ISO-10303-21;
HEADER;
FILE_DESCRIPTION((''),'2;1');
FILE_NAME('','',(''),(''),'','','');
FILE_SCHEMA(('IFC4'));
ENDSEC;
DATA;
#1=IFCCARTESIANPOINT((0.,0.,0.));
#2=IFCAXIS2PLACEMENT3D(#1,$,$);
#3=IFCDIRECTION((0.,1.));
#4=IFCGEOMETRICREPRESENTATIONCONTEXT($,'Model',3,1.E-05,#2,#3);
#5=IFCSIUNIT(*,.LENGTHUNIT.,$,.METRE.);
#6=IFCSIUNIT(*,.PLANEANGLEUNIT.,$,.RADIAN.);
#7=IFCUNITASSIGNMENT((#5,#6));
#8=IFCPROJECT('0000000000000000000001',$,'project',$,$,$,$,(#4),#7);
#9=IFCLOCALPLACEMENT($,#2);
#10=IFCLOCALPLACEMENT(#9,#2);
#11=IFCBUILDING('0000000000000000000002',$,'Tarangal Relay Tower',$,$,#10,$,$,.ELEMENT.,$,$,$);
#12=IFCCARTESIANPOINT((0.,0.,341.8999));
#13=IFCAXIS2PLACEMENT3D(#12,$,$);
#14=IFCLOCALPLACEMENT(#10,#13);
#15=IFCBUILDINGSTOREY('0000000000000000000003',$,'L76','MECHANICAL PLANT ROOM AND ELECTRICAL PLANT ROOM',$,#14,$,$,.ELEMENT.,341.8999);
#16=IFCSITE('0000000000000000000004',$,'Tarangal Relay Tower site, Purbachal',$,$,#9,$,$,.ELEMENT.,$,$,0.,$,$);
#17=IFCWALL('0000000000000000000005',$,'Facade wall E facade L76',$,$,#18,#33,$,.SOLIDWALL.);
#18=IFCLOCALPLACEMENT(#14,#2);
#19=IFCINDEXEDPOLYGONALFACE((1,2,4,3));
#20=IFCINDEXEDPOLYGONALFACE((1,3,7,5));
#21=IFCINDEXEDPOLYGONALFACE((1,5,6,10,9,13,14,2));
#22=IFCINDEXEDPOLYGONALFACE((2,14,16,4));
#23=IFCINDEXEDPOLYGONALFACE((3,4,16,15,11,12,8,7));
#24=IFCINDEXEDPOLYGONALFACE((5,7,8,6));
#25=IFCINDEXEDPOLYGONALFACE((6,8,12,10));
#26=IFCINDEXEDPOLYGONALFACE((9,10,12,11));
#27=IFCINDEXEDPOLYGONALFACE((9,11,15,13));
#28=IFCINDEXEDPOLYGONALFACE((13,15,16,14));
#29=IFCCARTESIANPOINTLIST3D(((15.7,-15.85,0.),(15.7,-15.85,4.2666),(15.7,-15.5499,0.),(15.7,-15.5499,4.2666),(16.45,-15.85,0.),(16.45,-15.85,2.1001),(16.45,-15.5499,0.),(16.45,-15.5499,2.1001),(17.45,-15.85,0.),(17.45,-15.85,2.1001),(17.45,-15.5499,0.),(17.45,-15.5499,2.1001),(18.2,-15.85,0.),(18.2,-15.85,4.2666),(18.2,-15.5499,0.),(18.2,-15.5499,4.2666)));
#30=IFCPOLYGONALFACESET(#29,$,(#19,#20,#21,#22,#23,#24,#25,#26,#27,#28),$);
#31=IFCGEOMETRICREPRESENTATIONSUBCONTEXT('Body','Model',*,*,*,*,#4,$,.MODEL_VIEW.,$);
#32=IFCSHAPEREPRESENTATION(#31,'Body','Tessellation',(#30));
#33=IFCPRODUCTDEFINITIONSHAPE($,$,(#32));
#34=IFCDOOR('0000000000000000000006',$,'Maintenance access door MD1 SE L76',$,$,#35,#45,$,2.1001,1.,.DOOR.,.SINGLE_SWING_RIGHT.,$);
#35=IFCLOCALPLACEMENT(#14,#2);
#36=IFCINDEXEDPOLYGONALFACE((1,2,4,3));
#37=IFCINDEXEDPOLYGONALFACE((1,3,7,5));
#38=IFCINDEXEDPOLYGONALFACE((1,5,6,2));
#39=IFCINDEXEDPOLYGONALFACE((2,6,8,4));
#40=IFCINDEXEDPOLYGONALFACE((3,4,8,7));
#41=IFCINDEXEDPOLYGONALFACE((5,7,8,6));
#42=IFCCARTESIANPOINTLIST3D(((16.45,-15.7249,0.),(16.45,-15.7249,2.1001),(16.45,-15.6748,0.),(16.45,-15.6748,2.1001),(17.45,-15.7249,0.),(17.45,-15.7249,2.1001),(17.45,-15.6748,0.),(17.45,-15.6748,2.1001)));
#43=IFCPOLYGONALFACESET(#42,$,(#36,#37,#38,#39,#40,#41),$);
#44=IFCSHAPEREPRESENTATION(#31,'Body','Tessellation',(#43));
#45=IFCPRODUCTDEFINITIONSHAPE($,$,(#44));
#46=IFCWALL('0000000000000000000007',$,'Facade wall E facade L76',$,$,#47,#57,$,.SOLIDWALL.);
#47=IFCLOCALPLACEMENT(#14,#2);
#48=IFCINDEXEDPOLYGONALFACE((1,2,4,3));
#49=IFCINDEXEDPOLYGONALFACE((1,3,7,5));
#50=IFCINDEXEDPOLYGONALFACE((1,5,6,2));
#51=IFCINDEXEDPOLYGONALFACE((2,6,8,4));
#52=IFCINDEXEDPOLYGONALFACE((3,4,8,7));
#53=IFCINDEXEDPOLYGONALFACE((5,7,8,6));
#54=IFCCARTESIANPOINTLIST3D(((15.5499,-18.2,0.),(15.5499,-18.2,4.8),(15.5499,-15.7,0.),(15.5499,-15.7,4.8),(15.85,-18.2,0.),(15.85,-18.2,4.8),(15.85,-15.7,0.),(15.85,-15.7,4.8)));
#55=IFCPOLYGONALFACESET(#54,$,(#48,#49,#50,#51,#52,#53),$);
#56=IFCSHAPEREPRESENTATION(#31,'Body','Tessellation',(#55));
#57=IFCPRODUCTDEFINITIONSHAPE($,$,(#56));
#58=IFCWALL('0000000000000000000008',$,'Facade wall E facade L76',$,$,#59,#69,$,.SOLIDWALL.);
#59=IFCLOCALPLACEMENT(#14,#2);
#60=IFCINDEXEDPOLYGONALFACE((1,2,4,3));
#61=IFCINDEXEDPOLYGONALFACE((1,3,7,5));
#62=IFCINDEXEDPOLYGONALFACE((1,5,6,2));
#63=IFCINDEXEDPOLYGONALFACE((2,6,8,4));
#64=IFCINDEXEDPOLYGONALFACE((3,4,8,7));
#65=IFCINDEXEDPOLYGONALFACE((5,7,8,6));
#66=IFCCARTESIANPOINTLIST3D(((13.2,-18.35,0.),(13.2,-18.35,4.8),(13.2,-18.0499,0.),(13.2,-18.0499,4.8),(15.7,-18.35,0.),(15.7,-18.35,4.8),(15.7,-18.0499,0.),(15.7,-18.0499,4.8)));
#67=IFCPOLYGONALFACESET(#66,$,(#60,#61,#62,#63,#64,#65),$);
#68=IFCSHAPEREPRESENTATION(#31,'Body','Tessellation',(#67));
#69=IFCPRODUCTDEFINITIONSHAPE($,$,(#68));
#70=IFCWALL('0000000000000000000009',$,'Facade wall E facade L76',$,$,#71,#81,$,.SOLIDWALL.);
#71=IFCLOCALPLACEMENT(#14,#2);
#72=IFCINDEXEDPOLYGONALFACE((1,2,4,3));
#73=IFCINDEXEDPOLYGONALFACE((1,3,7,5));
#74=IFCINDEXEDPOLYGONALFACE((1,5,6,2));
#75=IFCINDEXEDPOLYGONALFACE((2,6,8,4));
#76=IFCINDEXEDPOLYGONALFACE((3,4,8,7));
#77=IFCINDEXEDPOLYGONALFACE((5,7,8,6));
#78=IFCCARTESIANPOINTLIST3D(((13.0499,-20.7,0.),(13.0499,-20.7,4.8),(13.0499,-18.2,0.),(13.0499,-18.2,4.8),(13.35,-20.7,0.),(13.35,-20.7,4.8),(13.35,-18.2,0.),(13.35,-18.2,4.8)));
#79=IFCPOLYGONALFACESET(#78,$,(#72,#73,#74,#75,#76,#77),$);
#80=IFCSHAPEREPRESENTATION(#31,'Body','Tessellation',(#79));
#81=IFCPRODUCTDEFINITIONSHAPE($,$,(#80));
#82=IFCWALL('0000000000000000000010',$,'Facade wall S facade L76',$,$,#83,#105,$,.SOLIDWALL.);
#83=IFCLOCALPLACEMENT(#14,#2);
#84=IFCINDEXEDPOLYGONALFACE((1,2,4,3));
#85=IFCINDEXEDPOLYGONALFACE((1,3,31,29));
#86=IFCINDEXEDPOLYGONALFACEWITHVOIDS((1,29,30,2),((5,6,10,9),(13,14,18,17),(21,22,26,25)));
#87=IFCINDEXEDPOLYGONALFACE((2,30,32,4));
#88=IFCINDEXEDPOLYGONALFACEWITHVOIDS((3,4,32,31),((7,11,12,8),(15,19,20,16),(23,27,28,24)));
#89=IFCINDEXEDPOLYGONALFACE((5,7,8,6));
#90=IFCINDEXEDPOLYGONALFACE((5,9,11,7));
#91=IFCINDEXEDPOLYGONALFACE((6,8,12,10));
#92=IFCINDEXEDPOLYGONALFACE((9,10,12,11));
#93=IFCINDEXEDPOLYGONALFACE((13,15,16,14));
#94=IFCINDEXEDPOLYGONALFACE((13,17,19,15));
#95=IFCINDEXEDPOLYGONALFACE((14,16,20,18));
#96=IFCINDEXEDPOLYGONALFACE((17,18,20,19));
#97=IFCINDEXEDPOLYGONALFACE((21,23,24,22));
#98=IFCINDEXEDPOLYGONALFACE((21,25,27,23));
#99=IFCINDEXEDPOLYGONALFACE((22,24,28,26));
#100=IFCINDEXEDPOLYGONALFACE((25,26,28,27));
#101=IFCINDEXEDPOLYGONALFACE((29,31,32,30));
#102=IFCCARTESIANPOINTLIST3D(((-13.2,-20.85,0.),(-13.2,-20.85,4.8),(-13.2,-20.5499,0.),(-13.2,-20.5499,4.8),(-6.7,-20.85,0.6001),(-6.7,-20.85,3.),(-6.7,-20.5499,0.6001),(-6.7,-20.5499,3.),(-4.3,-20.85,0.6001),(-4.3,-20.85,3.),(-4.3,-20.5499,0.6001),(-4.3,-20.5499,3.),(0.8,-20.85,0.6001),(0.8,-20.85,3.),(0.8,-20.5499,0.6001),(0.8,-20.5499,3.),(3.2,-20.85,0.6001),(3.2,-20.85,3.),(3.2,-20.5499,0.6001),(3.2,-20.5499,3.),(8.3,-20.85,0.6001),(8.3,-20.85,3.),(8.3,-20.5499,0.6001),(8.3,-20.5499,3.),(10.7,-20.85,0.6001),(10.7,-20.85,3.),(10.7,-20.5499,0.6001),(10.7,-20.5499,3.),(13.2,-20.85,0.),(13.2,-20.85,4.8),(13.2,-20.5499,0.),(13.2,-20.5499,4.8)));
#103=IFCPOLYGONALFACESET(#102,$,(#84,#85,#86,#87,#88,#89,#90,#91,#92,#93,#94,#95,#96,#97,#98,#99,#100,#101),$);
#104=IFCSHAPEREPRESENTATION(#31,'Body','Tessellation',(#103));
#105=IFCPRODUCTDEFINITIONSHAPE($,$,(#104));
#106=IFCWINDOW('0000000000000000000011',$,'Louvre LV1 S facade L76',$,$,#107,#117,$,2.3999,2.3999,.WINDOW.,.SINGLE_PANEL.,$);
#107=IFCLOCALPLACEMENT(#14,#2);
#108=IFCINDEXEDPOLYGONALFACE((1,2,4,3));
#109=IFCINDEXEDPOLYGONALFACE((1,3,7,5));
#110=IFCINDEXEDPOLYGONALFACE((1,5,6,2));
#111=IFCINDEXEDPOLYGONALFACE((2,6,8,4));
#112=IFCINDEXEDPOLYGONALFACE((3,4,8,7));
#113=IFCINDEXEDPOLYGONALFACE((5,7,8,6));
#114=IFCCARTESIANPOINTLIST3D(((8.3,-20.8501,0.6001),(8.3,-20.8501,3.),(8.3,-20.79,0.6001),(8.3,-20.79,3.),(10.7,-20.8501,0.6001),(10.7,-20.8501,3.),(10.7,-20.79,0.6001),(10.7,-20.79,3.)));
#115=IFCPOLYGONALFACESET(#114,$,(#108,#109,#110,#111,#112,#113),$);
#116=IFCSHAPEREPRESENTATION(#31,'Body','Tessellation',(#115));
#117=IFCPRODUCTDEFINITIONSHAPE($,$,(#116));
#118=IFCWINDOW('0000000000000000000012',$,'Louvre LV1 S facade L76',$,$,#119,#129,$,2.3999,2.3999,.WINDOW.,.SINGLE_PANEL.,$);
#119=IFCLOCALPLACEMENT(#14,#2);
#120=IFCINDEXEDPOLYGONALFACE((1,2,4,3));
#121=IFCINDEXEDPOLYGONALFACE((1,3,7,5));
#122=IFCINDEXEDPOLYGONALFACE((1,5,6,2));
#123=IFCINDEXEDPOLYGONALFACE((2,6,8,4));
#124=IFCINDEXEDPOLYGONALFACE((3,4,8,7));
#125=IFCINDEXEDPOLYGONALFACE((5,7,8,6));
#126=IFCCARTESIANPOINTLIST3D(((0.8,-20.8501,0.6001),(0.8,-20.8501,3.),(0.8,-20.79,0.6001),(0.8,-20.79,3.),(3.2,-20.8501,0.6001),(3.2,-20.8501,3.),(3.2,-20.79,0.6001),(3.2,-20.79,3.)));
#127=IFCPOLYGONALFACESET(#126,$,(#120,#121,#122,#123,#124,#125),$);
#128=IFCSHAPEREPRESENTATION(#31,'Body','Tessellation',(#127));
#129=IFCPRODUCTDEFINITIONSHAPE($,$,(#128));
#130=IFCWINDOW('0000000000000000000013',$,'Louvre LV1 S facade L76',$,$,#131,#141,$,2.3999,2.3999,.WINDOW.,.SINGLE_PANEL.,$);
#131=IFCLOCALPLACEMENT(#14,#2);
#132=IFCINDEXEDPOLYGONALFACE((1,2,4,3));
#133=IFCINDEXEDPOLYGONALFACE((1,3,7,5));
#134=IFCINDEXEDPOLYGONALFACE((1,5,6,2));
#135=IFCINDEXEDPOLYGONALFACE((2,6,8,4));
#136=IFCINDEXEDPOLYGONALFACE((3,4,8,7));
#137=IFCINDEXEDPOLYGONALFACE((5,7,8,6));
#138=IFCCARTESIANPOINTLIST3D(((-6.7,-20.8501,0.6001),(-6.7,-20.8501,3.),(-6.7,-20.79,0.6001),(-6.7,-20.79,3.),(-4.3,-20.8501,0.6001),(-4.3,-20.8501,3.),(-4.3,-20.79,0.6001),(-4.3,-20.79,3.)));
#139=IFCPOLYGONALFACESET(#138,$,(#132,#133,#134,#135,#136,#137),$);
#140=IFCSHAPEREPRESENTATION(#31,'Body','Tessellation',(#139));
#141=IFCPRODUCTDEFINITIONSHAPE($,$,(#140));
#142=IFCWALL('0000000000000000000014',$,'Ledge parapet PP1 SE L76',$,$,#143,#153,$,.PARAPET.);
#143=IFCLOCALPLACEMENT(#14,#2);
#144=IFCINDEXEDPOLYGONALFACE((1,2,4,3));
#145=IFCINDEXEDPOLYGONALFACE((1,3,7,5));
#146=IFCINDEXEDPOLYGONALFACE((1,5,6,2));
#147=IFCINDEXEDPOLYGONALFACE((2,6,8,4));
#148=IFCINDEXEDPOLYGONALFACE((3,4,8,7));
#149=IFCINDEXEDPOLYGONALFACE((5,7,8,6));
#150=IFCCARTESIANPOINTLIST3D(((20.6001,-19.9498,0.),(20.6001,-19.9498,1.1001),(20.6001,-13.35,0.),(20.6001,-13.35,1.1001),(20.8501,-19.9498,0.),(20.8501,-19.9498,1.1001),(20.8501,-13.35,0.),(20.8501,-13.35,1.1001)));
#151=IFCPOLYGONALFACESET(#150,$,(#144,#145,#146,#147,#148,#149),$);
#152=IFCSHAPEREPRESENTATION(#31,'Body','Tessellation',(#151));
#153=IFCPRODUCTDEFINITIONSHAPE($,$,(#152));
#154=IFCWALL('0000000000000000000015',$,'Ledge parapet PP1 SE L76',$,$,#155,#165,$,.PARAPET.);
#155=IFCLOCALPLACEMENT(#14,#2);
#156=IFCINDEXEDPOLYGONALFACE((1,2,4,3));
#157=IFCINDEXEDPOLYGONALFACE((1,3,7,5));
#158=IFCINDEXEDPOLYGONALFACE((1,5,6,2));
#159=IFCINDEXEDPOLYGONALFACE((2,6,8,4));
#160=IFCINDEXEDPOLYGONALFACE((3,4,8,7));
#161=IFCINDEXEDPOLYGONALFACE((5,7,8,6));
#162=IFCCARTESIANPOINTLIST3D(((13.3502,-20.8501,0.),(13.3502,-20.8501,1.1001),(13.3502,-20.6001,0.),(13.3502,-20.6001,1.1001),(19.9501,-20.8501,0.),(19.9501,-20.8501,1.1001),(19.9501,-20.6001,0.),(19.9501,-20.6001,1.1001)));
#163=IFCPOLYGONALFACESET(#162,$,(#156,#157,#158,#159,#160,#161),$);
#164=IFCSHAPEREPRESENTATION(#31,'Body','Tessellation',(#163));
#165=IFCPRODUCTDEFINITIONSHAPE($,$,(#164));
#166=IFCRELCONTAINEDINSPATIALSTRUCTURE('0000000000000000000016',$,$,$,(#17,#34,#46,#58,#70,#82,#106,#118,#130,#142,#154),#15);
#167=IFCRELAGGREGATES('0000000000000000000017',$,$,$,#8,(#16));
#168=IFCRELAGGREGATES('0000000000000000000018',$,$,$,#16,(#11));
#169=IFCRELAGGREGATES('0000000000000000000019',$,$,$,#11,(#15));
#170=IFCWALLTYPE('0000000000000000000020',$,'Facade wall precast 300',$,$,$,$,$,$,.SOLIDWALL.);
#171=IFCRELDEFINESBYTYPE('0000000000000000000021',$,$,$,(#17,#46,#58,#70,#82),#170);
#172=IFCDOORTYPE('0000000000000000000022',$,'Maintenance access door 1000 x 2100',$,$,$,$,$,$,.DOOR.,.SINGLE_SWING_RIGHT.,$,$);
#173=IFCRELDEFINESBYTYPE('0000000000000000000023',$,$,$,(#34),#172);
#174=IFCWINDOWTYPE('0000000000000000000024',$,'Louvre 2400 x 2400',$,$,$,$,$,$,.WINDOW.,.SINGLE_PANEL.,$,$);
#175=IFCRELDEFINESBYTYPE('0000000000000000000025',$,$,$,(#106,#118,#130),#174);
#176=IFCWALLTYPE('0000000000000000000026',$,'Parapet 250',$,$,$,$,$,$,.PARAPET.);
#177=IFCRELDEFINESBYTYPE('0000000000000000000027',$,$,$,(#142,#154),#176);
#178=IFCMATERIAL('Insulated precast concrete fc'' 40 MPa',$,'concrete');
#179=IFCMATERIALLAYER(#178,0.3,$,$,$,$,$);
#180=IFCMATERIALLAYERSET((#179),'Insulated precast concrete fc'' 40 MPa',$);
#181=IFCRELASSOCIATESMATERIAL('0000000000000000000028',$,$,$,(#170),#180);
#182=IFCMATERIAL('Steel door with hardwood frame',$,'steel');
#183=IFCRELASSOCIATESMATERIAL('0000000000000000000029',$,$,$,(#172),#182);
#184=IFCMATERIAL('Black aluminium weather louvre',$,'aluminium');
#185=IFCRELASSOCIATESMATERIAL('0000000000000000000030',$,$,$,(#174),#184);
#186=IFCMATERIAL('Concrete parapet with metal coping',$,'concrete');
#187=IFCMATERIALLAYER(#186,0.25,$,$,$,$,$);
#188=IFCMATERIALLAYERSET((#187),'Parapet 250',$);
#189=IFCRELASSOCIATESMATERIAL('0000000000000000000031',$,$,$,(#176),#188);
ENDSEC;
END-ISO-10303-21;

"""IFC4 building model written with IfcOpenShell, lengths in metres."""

from ifc_helpers import new_model, si_unit, direction, frame, frame_2d, origin, place, context, subcontext, project, spatial, rectangle, extrude, material, layer, layer_set, type_object, element, fill, save


model = new_model("IFC4")

# Units and contexts
model_context = context("Model", 3, precision=1e-05, world=origin(), true_north=direction((0.0, 1.0)))
body_context = subcontext(model_context, "Body", "Model", "MODEL_VIEW")
ifc_project = project(units=[si_unit("LENGTHUNIT", "METRE"), si_unit("PLANEANGLEUNIT", "RADIAN")], contexts=[model_context])

# Site, building, storey
site_placement = place(None, origin())
site = spatial("IfcSite", under=ifc_project, at=site_placement, Name="Tarangal Relay Tower site, Purbachal", CompositionType="ELEMENT", RefElevation=0.0)
building_placement = place(site_placement, origin())
building = spatial("IfcBuilding", under=site, at=building_placement, Name="Tarangal Relay Tower", CompositionType="ELEMENT")
storey_placement = place(building_placement, frame((0.0, 0.0, 341.8999)))
storey = spatial("IfcBuildingStorey", under=building, at=storey_placement, Name="L76", Description="MECHANICAL PLANT ROOM AND ELECTRICAL PLANT ROOM", CompositionType="ELEMENT", Elevation=341.8999)

# Shared definitions
ifc_material_1 = material(Name="Steel door with hardwood frame", Category="steel")

# Shared definitions
ifc_material_2 = material(Name="Insulated precast concrete fc' 40 MPa", Category="concrete")
ifc_layer_1 = layer(ifc_material_2, 0.3)
ifc_layer_set_1 = layer_set([ifc_layer_1], Name="Insulated precast concrete fc' 40 MPa")
wall_type_1 = type_object("IfcWallType", Name="Facade wall precast 300", PredefinedType="SOLIDWALL", material=ifc_layer_set_1)

# Wall, opening, door
wall_1_placement = place(storey_placement, frame((18.2, -15.7, 0.0), z_axis=(0.0, 0.0, 1.0), x_axis=(-1.0, 0.0, 0.0)))
wall_1 = element("IfcWall", 1, at=wall_1_placement, inside=storey, type_object=wall_type_1, Name="Facade wall E facade L76", PredefinedType="SOLIDWALL", context=body_context, shape_type="SweptSolid", body=[
    extrude(rectangle(XDim=2.5, YDim=0.3, at=frame_2d((1.25, 0.0))), origin(), (0.0, 0.0, 1.0), 4.2666),
])
opening_1_placement = place(wall_1_placement, frame((0.75, 0.0, 0.0)))
opening_1 = element("IfcOpeningElement", 2, at=opening_1_placement, cuts=wall_1, PredefinedType="OPENING", context=body_context, shape_type="SweptSolid", body=[
    extrude(rectangle(XDim=1.0, YDim=2.1001, at=frame_2d((0.5, 1.05))), frame((0.0, 0.1599, 0.0), z_axis=(0.0, -1.0, 0.0), x_axis=(1.0, 0.0, 0.0)), (0.0, 0.0, 1.0), 0.3201),
])
door_type_1 = type_object("IfcDoorType", Name="Maintenance access door 1000 x 2100", OperationType="SINGLE_SWING_RIGHT", PredefinedType="DOOR", material=ifc_material_1)
door_1_placement = place(opening_1_placement, origin())
door_1 = element("IfcDoor", 3, at=door_1_placement, inside=storey, type_object=door_type_1, Name="Maintenance access door MD1 SE L76", OperationType="SINGLE_SWING_RIGHT", OverallHeight=2.1001, OverallWidth=1.0, PredefinedType="DOOR", context=body_context, shape_type="SweptSolid", body=[
    extrude(rectangle(XDim=1.0, YDim=2.1001, at=frame_2d((0.5, 1.05))), frame((0.0, 0.0249, 0.0), z_axis=(0.0, -1.0, 0.0), x_axis=(1.0, 0.0, 0.0)), (0.0, 0.0, 1.0), 0.05),
])
fill(opening_1, door_1)

# Walls
for number, where, z_axis, x_axis, name in (
    (4, (15.7, -15.7, 0.0), (0.0, 0.0, 1.0), (0.0, -1.0, 0.0), "Facade wall E facade L76"),
    (5, (15.7, -18.2, 0.0), (0.0, 0.0, 1.0), (-1.0, 0.0, 0.0), "Facade wall E facade L76"),
    (6, (13.2, -18.2, 0.0), (0.0, 0.0, 1.0), (0.0, -1.0, 0.0), "Facade wall E facade L76"),
):
    element("IfcWall", number, at=place(storey_placement, frame(where, z_axis=z_axis, x_axis=x_axis)), inside=storey, type_object=wall_type_1, Name=name, PredefinedType="SOLIDWALL", context=body_context, shape_type="SweptSolid", body=[
        extrude(rectangle(XDim=2.5, YDim=0.3, at=frame_2d((1.25, 0.0))), origin(), (0.0, 0.0, 1.0), 4.8),
    ])

# Wall, openings, windows
wall_2_placement = place(storey_placement, frame((13.2, -20.7, 0.0), z_axis=(0.0, 0.0, 1.0), x_axis=(-1.0, 0.0, 0.0)))
wall_2 = element("IfcWall", 7, at=wall_2_placement, inside=storey, type_object=wall_type_1, Name="Facade wall S facade L76", PredefinedType="SOLIDWALL", context=body_context, shape_type="SweptSolid", body=[
    extrude(rectangle(XDim=26.3999, YDim=0.3, at=frame_2d((13.2, 0.0))), origin(), (0.0, 0.0, 1.0), 4.8),
])
opening_2_placement = place(wall_2_placement, frame((2.5, 0.0, 0.6001)))
opening_2 = element("IfcOpeningElement", 8, at=opening_2_placement, cuts=wall_2, PredefinedType="OPENING", context=body_context, shape_type="SweptSolid", body=[
    extrude(rectangle(XDim=2.3999, YDim=2.3999, at=frame_2d((1.2, 1.2))), frame((0.0, 0.1599, 0.0), z_axis=(0.0, -1.0, 0.0), x_axis=(1.0, 0.0, 0.0)), (0.0, 0.0, 1.0), 0.3201),
])
opening_3_placement = place(wall_2_placement, frame((10.0, 0.0, 0.6001)))
opening_3 = element("IfcOpeningElement", 9, at=opening_3_placement, cuts=wall_2, PredefinedType="OPENING", context=body_context, shape_type="SweptSolid", body=[
    extrude(rectangle(XDim=2.3999, YDim=2.3999, at=frame_2d((1.2, 1.2))), frame((0.0, 0.1599, 0.0), z_axis=(0.0, -1.0, 0.0), x_axis=(1.0, 0.0, 0.0)), (0.0, 0.0, 1.0), 0.3201),
])
opening_4_placement = place(wall_2_placement, frame((17.5, 0.0, 0.6001)))
opening_4 = element("IfcOpeningElement", 10, at=opening_4_placement, cuts=wall_2, PredefinedType="OPENING", context=body_context, shape_type="SweptSolid", body=[
    extrude(rectangle(XDim=2.3999, YDim=2.3999, at=frame_2d((1.2, 1.2))), frame((0.0, 0.1599, 0.0), z_axis=(0.0, -1.0, 0.0), x_axis=(1.0, 0.0, 0.0)), (0.0, 0.0, 1.0), 0.3201),
])
ifc_material_3 = material(Name="Black aluminium weather louvre", Category="aluminium")
window_type = type_object("IfcWindowType", Name="Louvre 2400 x 2400", PartitioningType="SINGLE_PANEL", PredefinedType="WINDOW", material=ifc_material_3)
window_1_placement = place(opening_2_placement, origin())
window_1 = element("IfcWindow", 11, at=window_1_placement, inside=storey, type_object=window_type, Name="Louvre LV1 S facade L76", OverallHeight=2.3999, OverallWidth=2.3999, PartitioningType="SINGLE_PANEL", PredefinedType="WINDOW", context=body_context, shape_type="SweptSolid", body=[
    extrude(rectangle(XDim=2.3999, YDim=2.3999, at=frame_2d((1.2, 1.2))), frame((0.0, 0.1501, 0.0), z_axis=(0.0, -1.0, 0.0), x_axis=(1.0, 0.0, 0.0)), (0.0, 0.0, 1.0), 0.0601),
])
fill(opening_2, window_1)
window_2_placement = place(opening_3_placement, origin())
window_2 = element("IfcWindow", 12, at=window_2_placement, inside=storey, type_object=window_type, Name="Louvre LV1 S facade L76", OverallHeight=2.3999, OverallWidth=2.3999, PartitioningType="SINGLE_PANEL", PredefinedType="WINDOW", context=body_context, shape_type="SweptSolid", body=[
    extrude(rectangle(XDim=2.3999, YDim=2.3999, at=frame_2d((1.2, 1.2))), frame((0.0, 0.1501, 0.0), z_axis=(0.0, -1.0, 0.0), x_axis=(1.0, 0.0, 0.0)), (0.0, 0.0, 1.0), 0.0601),
])
fill(opening_3, window_2)
window_3_placement = place(opening_4_placement, origin())
window_3 = element("IfcWindow", 13, at=window_3_placement, inside=storey, type_object=window_type, Name="Louvre LV1 S facade L76", OverallHeight=2.3999, OverallWidth=2.3999, PartitioningType="SINGLE_PANEL", PredefinedType="WINDOW", context=body_context, shape_type="SweptSolid", body=[
    extrude(rectangle(XDim=2.3999, YDim=2.3999, at=frame_2d((1.2, 1.2))), frame((0.0, 0.1501, 0.0), z_axis=(0.0, -1.0, 0.0), x_axis=(1.0, 0.0, 0.0)), (0.0, 0.0, 1.0), 0.0601),
])
fill(opening_4, window_3)

# Walls
ifc_material_4 = material(Name="Concrete parapet with metal coping", Category="concrete")
ifc_layer_2 = layer(ifc_material_4, 0.25)
ifc_layer_set_2 = layer_set([ifc_layer_2], Name="Parapet 250")
wall_type_2 = type_object("IfcWallType", Name="Parapet 250", PredefinedType="PARAPET", material=ifc_layer_set_2)
for number, where, z_axis, x_axis, name in (
    (14, (20.7251, -13.3501, 0.0), (0.0, 0.0, 1.0), (0.0, -1.0, 0.0), "Ledge parapet PP1 SE L76"),
    (15, (19.95, -20.7251, 0.0), (0.0, 0.0, 1.0), (-1.0, 0.0, 0.0), "Ledge parapet PP1 SE L76"),
):
    element("IfcWall", number, at=place(storey_placement, frame(where, z_axis=z_axis, x_axis=x_axis)), inside=storey, type_object=wall_type_2, Name=name, PredefinedType="PARAPET", context=body_context, shape_type="SweptSolid", body=[
        extrude(rectangle(XDim=6.5999, YDim=0.25, at=frame_2d((3.2998, 0.0))), origin(), (0.0, 0.0, 1.0), 1.1001),
    ])

save(model, "model.ifc")
